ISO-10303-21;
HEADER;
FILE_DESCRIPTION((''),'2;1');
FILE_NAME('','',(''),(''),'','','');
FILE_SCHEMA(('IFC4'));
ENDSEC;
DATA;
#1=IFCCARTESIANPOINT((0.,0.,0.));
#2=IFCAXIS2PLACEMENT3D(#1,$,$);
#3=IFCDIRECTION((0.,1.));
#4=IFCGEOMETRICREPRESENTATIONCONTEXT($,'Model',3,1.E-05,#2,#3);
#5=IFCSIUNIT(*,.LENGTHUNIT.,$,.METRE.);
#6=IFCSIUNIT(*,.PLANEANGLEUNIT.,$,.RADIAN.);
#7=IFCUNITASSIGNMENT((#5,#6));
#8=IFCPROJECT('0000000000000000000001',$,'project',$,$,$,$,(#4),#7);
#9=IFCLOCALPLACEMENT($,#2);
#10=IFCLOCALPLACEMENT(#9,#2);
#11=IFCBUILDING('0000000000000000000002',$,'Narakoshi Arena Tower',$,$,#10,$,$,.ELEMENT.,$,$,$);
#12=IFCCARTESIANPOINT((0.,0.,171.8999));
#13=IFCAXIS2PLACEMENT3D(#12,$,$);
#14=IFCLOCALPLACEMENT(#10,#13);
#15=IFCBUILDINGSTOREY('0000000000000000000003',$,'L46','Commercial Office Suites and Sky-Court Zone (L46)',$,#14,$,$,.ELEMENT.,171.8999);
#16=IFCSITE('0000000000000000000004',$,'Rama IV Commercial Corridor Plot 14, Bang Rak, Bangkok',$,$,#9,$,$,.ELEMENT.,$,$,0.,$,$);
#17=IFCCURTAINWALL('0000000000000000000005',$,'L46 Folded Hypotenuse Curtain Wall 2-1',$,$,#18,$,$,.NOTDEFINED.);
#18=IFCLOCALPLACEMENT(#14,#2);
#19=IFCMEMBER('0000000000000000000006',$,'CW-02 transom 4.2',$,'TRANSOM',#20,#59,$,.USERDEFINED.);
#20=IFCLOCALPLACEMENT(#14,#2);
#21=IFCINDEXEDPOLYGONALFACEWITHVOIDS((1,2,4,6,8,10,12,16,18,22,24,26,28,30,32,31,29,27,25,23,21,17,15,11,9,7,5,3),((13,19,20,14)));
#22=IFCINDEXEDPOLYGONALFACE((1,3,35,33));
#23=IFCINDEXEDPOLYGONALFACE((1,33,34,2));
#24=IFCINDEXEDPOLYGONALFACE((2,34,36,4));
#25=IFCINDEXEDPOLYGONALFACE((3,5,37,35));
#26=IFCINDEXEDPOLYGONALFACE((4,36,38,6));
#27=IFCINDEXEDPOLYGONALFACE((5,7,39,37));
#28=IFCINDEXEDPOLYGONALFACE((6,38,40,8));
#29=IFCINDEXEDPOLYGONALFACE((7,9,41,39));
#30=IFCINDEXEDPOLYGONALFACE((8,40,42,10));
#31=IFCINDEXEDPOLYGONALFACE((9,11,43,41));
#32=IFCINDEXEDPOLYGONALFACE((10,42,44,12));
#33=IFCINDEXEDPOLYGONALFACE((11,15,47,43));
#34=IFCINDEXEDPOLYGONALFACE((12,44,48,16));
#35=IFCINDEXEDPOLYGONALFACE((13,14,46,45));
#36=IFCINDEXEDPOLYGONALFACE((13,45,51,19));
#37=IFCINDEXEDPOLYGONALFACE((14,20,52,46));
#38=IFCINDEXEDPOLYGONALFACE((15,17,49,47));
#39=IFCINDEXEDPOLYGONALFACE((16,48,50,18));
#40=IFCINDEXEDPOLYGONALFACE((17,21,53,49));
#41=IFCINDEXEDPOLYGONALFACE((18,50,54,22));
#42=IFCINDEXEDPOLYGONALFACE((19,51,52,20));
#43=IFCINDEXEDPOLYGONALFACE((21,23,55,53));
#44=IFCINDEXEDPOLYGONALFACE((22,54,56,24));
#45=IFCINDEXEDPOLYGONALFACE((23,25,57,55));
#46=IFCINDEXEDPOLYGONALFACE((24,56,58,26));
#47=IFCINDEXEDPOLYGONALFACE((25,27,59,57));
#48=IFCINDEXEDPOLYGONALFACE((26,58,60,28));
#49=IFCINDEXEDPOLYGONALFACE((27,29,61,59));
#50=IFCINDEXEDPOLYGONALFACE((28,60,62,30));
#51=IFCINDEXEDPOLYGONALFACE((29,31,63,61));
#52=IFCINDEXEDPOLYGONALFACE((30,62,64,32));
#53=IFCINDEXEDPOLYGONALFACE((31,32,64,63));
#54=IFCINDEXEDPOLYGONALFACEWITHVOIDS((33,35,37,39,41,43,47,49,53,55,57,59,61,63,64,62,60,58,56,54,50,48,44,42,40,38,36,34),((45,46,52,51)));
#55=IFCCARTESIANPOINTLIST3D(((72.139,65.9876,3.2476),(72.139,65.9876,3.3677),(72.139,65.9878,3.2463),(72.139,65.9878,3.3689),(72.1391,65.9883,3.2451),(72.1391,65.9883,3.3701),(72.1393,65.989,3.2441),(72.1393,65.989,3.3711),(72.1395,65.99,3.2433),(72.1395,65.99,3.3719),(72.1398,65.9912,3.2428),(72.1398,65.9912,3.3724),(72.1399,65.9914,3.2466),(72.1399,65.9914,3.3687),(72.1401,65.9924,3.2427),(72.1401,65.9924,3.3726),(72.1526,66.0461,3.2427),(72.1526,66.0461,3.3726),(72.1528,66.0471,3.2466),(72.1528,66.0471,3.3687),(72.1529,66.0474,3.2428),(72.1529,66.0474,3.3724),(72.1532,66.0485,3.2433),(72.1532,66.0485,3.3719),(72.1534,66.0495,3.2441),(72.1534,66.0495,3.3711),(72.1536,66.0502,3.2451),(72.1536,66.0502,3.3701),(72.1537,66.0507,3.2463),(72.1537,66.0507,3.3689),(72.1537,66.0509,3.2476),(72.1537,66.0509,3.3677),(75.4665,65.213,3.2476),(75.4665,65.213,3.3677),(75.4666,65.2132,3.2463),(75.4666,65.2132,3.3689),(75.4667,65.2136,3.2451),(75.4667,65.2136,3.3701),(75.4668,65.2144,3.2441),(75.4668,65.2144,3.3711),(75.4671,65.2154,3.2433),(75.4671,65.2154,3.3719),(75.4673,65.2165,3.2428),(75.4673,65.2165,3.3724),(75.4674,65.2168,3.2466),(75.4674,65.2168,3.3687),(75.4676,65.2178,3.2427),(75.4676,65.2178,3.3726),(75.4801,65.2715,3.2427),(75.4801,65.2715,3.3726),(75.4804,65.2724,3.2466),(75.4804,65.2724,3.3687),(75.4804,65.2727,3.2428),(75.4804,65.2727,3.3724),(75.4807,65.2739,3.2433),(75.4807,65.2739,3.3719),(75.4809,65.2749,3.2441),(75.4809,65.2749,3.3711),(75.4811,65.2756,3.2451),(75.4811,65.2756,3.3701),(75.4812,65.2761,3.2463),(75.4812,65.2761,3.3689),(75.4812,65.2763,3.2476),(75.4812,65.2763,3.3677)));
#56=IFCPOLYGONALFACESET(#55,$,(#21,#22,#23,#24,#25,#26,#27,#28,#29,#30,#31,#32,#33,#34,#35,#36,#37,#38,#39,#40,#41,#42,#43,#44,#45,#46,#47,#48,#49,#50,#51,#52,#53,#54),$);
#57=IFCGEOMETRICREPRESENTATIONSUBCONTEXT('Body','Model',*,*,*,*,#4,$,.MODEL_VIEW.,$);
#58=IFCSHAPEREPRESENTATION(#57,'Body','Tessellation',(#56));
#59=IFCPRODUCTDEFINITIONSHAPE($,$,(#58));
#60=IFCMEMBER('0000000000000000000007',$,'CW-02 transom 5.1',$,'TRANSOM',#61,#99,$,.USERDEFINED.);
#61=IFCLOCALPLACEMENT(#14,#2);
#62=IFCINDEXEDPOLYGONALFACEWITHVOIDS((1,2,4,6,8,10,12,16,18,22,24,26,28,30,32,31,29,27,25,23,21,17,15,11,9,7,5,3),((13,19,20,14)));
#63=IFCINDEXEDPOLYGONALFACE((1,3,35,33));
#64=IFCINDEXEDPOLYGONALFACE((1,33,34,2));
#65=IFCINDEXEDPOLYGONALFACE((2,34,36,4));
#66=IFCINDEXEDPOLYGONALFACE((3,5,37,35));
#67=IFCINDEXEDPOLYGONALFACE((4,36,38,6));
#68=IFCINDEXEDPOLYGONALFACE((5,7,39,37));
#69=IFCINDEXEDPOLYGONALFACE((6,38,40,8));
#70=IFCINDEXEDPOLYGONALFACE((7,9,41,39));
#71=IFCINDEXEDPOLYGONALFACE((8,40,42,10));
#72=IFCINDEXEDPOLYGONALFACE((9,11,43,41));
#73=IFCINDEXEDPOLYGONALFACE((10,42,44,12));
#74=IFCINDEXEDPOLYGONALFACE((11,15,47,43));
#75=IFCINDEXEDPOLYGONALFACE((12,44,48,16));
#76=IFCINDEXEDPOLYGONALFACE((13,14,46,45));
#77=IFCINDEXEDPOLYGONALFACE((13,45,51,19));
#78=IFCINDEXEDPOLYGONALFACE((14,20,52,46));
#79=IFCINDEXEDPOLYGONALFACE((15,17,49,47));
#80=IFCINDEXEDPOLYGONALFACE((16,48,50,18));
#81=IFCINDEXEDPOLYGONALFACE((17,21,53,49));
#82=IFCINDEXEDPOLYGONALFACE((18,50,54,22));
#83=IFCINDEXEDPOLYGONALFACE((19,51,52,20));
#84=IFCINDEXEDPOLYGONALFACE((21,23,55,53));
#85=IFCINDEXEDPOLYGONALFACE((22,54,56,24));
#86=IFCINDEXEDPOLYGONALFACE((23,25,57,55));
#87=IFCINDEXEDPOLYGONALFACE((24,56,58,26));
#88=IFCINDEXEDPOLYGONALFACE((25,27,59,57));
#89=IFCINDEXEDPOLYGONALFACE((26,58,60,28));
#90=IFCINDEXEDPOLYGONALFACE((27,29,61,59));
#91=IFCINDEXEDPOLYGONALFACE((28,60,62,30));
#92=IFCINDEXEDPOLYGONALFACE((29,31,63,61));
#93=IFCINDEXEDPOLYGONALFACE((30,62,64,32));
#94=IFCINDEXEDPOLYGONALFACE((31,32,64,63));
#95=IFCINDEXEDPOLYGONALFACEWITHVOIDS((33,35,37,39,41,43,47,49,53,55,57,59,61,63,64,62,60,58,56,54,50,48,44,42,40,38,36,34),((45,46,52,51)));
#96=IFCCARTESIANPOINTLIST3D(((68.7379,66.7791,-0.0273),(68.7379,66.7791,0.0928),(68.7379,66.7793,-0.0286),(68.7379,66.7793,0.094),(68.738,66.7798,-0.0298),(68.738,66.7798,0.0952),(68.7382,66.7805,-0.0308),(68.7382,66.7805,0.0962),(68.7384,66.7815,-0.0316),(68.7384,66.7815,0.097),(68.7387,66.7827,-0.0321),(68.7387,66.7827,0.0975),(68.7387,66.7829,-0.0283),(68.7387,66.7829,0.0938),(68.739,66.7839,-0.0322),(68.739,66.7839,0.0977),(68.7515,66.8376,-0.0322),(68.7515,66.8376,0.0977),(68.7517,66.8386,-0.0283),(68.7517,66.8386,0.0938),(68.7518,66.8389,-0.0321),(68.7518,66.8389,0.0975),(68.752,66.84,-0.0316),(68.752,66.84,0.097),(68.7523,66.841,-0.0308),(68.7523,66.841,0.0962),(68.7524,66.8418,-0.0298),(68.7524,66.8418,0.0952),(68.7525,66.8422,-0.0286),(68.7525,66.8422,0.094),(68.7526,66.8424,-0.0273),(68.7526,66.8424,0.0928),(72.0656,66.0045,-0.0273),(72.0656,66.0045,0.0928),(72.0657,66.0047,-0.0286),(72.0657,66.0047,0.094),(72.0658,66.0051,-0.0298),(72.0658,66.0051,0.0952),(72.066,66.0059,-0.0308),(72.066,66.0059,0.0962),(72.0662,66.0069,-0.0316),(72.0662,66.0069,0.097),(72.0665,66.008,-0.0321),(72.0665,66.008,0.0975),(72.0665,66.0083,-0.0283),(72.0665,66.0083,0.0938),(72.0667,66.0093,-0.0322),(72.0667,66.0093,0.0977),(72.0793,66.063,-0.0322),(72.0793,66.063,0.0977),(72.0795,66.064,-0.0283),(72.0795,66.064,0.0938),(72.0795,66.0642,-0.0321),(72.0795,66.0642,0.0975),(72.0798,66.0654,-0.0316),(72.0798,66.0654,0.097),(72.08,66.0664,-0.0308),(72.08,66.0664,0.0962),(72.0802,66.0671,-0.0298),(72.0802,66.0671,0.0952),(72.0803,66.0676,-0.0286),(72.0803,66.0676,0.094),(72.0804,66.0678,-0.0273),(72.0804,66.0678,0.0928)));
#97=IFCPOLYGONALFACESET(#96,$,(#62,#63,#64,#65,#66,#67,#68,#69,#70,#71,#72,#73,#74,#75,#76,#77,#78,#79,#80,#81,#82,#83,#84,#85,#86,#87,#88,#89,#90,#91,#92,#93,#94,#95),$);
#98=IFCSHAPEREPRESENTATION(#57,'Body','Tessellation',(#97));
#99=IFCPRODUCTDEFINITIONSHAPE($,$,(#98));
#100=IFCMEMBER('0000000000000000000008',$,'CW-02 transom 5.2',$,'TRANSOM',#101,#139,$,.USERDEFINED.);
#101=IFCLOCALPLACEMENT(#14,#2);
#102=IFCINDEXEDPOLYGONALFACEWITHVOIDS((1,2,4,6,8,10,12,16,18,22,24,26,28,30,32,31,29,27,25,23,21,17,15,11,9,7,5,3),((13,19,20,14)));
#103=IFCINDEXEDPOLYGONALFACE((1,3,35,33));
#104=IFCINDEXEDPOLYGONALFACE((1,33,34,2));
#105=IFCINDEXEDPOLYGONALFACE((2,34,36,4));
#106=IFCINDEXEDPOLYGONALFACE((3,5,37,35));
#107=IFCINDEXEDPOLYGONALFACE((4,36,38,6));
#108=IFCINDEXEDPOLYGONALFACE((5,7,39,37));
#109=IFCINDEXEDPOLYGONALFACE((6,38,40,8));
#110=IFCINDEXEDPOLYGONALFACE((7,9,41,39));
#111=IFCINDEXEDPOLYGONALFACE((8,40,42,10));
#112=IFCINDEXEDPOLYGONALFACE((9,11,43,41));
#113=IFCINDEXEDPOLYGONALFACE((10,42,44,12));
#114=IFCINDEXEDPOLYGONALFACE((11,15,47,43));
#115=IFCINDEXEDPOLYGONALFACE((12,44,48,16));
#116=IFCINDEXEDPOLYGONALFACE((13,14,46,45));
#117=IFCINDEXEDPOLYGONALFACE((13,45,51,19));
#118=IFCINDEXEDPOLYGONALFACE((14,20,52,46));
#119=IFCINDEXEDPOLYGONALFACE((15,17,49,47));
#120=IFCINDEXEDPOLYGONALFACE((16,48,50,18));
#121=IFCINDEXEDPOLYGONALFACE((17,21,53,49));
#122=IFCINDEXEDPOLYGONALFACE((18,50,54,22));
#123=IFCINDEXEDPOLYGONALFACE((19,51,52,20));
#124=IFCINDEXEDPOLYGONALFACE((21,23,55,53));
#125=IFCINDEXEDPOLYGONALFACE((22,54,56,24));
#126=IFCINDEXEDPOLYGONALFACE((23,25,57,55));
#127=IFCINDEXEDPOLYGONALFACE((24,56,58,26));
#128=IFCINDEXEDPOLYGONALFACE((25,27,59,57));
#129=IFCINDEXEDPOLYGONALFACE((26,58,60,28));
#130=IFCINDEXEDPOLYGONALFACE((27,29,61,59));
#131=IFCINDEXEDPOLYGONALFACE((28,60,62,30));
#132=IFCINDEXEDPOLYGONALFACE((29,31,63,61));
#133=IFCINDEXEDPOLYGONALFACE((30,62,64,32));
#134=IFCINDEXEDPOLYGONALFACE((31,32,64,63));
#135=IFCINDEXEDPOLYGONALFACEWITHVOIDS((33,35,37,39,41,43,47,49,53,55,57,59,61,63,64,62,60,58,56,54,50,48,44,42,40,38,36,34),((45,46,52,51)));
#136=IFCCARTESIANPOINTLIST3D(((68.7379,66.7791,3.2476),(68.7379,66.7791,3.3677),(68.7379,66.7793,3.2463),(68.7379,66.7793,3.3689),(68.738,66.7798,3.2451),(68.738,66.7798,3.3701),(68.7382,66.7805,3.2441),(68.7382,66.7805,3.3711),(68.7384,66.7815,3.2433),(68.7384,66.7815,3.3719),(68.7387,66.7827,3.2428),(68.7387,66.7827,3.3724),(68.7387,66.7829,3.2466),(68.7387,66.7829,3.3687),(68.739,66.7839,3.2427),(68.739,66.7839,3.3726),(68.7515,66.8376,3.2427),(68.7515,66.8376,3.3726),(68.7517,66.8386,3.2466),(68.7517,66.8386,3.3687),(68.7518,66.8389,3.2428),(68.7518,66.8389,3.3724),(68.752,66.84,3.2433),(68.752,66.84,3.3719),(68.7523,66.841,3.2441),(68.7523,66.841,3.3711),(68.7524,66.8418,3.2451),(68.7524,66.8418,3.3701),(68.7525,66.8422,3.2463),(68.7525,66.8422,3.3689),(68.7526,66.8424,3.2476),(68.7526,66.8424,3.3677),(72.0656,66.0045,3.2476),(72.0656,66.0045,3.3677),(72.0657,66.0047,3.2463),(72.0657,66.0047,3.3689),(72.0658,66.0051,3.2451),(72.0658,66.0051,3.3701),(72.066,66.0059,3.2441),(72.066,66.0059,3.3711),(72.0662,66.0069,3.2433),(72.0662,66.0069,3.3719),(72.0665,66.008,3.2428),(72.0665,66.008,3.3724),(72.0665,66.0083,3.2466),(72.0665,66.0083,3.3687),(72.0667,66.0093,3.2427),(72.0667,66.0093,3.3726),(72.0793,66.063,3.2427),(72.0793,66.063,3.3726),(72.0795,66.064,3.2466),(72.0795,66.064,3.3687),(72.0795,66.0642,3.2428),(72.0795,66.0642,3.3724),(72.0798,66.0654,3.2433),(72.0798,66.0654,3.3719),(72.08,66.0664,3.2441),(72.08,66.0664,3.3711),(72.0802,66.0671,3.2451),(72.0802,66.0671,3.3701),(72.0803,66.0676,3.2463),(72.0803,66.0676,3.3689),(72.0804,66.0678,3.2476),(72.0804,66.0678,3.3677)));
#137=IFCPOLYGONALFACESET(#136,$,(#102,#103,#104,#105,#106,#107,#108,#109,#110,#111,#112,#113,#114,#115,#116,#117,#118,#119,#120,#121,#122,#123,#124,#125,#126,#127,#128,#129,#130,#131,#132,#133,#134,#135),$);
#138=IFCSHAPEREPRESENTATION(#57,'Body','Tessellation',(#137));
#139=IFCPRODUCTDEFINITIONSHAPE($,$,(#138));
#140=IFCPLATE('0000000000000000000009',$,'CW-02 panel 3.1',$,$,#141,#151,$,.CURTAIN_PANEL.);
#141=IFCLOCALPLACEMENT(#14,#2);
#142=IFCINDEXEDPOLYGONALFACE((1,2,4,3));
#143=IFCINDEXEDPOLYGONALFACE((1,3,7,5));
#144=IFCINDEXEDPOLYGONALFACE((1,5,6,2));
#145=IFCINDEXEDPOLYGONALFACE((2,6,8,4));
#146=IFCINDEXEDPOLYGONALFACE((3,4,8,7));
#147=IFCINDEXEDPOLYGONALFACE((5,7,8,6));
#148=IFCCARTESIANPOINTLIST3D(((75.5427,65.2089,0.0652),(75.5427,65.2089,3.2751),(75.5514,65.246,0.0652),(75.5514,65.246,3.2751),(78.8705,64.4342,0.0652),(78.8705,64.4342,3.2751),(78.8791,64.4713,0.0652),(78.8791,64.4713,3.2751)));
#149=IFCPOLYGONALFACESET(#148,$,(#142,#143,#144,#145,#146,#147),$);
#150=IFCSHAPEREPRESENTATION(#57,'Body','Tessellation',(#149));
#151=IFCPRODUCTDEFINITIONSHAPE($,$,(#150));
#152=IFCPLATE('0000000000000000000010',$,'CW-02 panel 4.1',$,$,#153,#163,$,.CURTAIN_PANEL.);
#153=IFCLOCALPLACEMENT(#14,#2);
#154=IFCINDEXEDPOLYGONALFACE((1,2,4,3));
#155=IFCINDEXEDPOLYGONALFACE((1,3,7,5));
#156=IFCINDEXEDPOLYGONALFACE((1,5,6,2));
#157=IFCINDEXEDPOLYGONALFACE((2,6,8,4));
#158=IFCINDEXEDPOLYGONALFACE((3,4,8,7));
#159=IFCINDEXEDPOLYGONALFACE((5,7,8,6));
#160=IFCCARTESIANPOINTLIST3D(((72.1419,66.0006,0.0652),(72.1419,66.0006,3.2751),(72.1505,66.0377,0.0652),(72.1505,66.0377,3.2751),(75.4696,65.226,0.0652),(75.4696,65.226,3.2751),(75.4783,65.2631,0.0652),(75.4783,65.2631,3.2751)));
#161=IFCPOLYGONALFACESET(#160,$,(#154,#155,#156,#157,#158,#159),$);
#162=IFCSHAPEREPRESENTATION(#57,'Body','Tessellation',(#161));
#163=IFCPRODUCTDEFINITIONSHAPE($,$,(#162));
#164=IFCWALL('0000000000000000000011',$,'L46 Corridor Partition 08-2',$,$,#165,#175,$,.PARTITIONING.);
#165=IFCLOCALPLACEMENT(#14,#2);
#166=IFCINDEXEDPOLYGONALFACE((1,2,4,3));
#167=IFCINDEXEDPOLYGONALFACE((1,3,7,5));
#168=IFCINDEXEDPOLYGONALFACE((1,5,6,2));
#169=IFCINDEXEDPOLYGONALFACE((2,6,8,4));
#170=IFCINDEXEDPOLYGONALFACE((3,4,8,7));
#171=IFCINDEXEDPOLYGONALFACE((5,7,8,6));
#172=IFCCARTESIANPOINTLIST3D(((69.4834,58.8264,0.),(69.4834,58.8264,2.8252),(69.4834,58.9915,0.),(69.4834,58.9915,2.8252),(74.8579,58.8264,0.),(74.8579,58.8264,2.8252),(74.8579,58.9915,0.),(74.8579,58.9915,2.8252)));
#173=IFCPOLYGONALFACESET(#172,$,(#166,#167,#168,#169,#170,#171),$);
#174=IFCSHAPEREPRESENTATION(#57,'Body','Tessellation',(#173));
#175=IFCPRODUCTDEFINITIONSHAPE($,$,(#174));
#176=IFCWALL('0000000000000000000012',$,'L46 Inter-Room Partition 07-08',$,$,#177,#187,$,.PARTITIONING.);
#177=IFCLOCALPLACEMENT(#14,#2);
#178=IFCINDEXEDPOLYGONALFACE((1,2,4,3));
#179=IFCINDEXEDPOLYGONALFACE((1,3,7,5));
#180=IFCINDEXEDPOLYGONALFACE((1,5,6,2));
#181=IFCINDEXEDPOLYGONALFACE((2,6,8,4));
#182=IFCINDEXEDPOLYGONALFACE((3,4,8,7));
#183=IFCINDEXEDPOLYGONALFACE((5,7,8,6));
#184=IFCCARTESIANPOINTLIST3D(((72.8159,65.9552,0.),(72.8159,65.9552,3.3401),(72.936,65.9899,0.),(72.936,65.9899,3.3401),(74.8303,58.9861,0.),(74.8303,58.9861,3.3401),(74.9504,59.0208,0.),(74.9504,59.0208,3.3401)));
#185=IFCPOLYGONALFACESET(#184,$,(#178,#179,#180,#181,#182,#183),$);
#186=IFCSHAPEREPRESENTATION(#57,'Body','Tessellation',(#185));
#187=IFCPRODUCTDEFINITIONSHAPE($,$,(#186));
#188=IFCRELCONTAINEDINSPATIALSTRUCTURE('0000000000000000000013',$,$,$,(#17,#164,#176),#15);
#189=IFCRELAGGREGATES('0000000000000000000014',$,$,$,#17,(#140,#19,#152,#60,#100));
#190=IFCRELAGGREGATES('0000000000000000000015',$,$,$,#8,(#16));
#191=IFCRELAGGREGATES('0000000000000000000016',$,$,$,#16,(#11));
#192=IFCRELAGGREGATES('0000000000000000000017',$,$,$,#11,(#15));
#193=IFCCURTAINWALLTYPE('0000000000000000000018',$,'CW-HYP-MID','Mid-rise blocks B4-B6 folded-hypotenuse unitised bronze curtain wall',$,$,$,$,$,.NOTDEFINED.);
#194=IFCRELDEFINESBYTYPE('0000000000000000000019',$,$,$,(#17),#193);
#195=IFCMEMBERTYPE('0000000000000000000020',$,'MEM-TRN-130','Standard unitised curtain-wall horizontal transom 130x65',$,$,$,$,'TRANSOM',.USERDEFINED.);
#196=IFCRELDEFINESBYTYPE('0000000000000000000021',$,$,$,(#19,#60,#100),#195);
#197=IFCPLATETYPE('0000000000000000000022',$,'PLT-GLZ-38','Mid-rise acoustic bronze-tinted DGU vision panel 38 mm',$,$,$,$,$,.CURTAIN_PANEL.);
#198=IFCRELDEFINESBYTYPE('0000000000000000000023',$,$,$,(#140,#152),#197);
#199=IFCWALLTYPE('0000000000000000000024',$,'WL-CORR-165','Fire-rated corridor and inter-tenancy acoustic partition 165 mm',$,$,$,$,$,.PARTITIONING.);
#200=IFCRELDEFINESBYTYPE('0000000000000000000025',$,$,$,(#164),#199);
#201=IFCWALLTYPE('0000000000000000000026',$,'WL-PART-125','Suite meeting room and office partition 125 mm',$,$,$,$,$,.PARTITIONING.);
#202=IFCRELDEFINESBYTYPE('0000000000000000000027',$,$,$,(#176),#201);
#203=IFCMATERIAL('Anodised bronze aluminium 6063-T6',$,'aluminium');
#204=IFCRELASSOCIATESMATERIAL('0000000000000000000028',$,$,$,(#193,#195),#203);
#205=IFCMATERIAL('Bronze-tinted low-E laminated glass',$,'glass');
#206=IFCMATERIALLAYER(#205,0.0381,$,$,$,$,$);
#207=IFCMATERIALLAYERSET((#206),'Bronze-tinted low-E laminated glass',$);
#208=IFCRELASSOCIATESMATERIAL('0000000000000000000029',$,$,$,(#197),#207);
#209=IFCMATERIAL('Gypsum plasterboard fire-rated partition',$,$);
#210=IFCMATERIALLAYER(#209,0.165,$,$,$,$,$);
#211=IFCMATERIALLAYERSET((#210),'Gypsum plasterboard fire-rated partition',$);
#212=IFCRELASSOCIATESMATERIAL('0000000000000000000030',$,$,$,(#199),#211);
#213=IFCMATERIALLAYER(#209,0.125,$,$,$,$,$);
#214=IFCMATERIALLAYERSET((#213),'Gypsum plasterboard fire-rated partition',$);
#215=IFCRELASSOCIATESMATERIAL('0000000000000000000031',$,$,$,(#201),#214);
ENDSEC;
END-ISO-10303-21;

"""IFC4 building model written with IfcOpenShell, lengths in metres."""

from ifc_helpers import new_model, si_unit, direction, frame, frame_2d, origin, origin_2d, place, context, subcontext, project, spatial, rectangle, hollow_rectangle, extrude, material, layer, layer_set, material_profile, profile_set, type_object, element, aggregate, save


model = new_model("IFC4")

# Units and contexts
model_context = context("Model", 3, precision=1e-05, world=origin(), true_north=direction((0.0, 1.0)))
body_context = subcontext(model_context, "Body", "Model", "MODEL_VIEW")
ifc_project = project(units=[si_unit("LENGTHUNIT", "METRE"), si_unit("PLANEANGLEUNIT", "RADIAN")], contexts=[model_context])

# Site, building, storey
site_placement = place(None, origin())
site = spatial("IfcSite", under=ifc_project, at=site_placement, Name="Rama IV Commercial Corridor Plot 14, Bang Rak, Bangkok", CompositionType="ELEMENT", RefElevation=0.0)
building_placement = place(site_placement, origin())
building = spatial("IfcBuilding", under=site, at=building_placement, Name="Narakoshi Arena Tower", CompositionType="ELEMENT")
storey_placement = place(building_placement, frame((0.0, 0.0, 171.8999)))
storey = spatial("IfcBuildingStorey", under=building, at=storey_placement, Name="L46", Description="Commercial Office Suites and Sky-Court Zone (L46)", CompositionType="ELEMENT", Elevation=171.8999)

# Curtain wall, members, plates
ifc_material_1 = material(Name="Anodised bronze aluminium 6063-T6", Category="aluminium")
curtain_wall_type = type_object("IfcCurtainWallType", Name="CW-HYP-MID", Description="Mid-rise blocks B4-B6 folded-hypotenuse unitised bronze curtain wall", PredefinedType="NOTDEFINED", material=ifc_material_1)
curtain_wall_placement = place(storey_placement, origin())
curtain_wall = element("IfcCurtainWall", 1, at=curtain_wall_placement, inside=storey, type_object=curtain_wall_type, Name="L46 Folded Hypotenuse Curtain Wall 2-1", PredefinedType="NOTDEFINED")
ifc_material_profile_1 = material_profile(ifc_material_1, hollow_rectangle(XDim=0.0649, YDim=0.1299, WallThickness=0.0039, OuterFilletRadius=0.0049, at=origin_2d()), Name="TRN130x65x4")
ifc_profile_set_1 = profile_set([ifc_material_profile_1], Name="Anodised bronze aluminium 6063-T6")
member_type_1 = type_object("IfcMemberType", Name="MEM-TRN-130", Description="Standard unitised curtain-wall horizontal transom 130x65", ElementType="TRANSOM", PredefinedType="USERDEFINED", material=ifc_profile_set_1)
member_1_placement = place(storey_placement, frame((75.4739, 65.2446, 3.3076), z_axis=(-0.973957, 0.226733, 0.0), x_axis=(-0.226733, -0.973957, 0.0)))
member_1 = element("IfcMember", 2, at=member_1_placement, type_object=member_type_1, Name="CW-02 transom 4.2", ObjectType="TRANSOM", PredefinedType="USERDEFINED", context=body_context, shape_type="SweptSolid", body=[
    extrude(hollow_rectangle(XDim=0.0649, YDim=0.1299, WallThickness=0.0039, OuterFilletRadius=0.0049, at=origin_2d()), origin(), (0.0, 0.0, 1.0), 3.4165),
])
member_2_placement = place(storey_placement, frame((72.073, 66.0361, 0.0327), z_axis=(-0.973961, 0.226717, 0.0), x_axis=(-0.226717, -0.973961, 0.0)))
member_2 = element("IfcMember", 3, at=member_2_placement, type_object=member_type_1, Name="CW-02 transom 5.1", ObjectType="TRANSOM", PredefinedType="USERDEFINED", context=body_context, shape_type="SweptSolid", body=[
    extrude(hollow_rectangle(XDim=0.0649, YDim=0.1299, WallThickness=0.0039, OuterFilletRadius=0.0049, at=origin_2d()), origin(), (0.0, 0.0, 1.0), 3.4167),
])
member_3_placement = place(storey_placement, frame((72.073, 66.0361, 3.3076), z_axis=(-0.973961, 0.226717, 0.0), x_axis=(-0.226717, -0.973961, 0.0)))
member_3 = element("IfcMember", 4, at=member_3_placement, type_object=member_type_1, Name="CW-02 transom 5.2", ObjectType="TRANSOM", PredefinedType="USERDEFINED", context=body_context, shape_type="SweptSolid", body=[
    extrude(hollow_rectangle(XDim=0.0649, YDim=0.1299, WallThickness=0.0039, OuterFilletRadius=0.0049, at=origin_2d()), origin(), (0.0, 0.0, 1.0), 3.4167),
])
ifc_material_2 = material(Name="Bronze-tinted low-E laminated glass", Category="glass")
ifc_layer_1 = layer(ifc_material_2, 0.0381)
ifc_layer_set_1 = layer_set([ifc_layer_1], Name="Bronze-tinted low-E laminated glass")
plate_type = type_object("IfcPlateType", Name="PLT-GLZ-38", Description="Mid-rise acoustic bronze-tinted DGU vision panel 38 mm", PredefinedType="CURTAIN_PANEL", material=ifc_layer_set_1)
plate_1_placement = place(storey_placement, frame((77.2109, 64.8401, 0.0652), z_axis=(0.0, 0.0, 1.0), x_axis=(-0.97396, 0.226721, 0.0)))
plate_1 = element("IfcPlate", 5, at=plate_1_placement, type_object=plate_type, Name="CW-02 panel 3.1", PredefinedType="CURTAIN_PANEL", context=body_context, shape_type="SweptSolid", body=[
    extrude(rectangle(XDim=3.4167, YDim=0.0381, at=origin_2d()), origin(), (0.0, 0.0, 1.0), 3.21),
])
plate_2_placement = place(storey_placement, frame((73.8101, 65.6318, 0.0652), z_axis=(0.0, 0.0, 1.0), x_axis=(-0.97396, 0.226721, 0.0)))
plate_2 = element("IfcPlate", 6, at=plate_2_placement, type_object=plate_type, Name="CW-02 panel 4.1", PredefinedType="CURTAIN_PANEL", context=body_context, shape_type="SweptSolid", body=[
    extrude(rectangle(XDim=3.4167, YDim=0.0381, at=origin_2d()), origin(), (0.0, 0.0, 1.0), 3.21),
])
aggregate(curtain_wall, [plate_1, member_1, plate_2, member_2, member_3])

# Walls
ifc_material_3 = material(Name="Gypsum plasterboard fire-rated partition")
ifc_layer_2 = layer(ifc_material_3, 0.165)
ifc_layer_set_2 = layer_set([ifc_layer_2], Name="Gypsum plasterboard fire-rated partition")
wall_type_1 = type_object("IfcWallType", Name="WL-CORR-165", Description="Fire-rated corridor and inter-tenancy acoustic partition 165 mm", PredefinedType="PARTITIONING", material=ifc_layer_set_2)
wall_1_placement = place(storey_placement, frame((74.8579, 58.9089, 0.0), z_axis=(0.0, 0.0, 1.0), x_axis=(-1.0, 0.0, 0.0)))
element("IfcWall", 7, at=wall_1_placement, inside=storey, type_object=wall_type_1, Name="L46 Corridor Partition 08-2", PredefinedType="PARTITIONING", context=body_context, shape_type="SweptSolid", body=[
    extrude(rectangle(XDim=5.3745, YDim=0.165, at=frame_2d((2.6873, 0.0))), origin(), (0.0, 0.0, 1.0), 2.8252),
])
ifc_layer_3 = layer(ifc_material_3, 0.125)
ifc_layer_set_3 = layer_set([ifc_layer_3], Name="Gypsum plasterboard fire-rated partition")
wall_type_2 = type_object("IfcWallType", Name="WL-PART-125", Description="Suite meeting room and office partition 125 mm", PredefinedType="PARTITIONING", material=ifc_layer_set_3)
wall_2_placement = place(storey_placement, frame((74.8904, 59.0034, 0.0), z_axis=(0.0, 0.0, 1.0), x_axis=(-0.277685, 0.960672, 0.0)))
element("IfcWall", 8, at=wall_2_placement, inside=storey, type_object=wall_type_2, Name="L46 Inter-Room Partition 07-08", PredefinedType="PARTITIONING", context=body_context, shape_type="SweptSolid", body=[
    extrude(rectangle(XDim=7.2544, YDim=0.125, at=frame_2d((3.6272, 0.0))), origin(), (0.0, 0.0, 1.0), 3.3401),
])

save(model, "model.ifc")
